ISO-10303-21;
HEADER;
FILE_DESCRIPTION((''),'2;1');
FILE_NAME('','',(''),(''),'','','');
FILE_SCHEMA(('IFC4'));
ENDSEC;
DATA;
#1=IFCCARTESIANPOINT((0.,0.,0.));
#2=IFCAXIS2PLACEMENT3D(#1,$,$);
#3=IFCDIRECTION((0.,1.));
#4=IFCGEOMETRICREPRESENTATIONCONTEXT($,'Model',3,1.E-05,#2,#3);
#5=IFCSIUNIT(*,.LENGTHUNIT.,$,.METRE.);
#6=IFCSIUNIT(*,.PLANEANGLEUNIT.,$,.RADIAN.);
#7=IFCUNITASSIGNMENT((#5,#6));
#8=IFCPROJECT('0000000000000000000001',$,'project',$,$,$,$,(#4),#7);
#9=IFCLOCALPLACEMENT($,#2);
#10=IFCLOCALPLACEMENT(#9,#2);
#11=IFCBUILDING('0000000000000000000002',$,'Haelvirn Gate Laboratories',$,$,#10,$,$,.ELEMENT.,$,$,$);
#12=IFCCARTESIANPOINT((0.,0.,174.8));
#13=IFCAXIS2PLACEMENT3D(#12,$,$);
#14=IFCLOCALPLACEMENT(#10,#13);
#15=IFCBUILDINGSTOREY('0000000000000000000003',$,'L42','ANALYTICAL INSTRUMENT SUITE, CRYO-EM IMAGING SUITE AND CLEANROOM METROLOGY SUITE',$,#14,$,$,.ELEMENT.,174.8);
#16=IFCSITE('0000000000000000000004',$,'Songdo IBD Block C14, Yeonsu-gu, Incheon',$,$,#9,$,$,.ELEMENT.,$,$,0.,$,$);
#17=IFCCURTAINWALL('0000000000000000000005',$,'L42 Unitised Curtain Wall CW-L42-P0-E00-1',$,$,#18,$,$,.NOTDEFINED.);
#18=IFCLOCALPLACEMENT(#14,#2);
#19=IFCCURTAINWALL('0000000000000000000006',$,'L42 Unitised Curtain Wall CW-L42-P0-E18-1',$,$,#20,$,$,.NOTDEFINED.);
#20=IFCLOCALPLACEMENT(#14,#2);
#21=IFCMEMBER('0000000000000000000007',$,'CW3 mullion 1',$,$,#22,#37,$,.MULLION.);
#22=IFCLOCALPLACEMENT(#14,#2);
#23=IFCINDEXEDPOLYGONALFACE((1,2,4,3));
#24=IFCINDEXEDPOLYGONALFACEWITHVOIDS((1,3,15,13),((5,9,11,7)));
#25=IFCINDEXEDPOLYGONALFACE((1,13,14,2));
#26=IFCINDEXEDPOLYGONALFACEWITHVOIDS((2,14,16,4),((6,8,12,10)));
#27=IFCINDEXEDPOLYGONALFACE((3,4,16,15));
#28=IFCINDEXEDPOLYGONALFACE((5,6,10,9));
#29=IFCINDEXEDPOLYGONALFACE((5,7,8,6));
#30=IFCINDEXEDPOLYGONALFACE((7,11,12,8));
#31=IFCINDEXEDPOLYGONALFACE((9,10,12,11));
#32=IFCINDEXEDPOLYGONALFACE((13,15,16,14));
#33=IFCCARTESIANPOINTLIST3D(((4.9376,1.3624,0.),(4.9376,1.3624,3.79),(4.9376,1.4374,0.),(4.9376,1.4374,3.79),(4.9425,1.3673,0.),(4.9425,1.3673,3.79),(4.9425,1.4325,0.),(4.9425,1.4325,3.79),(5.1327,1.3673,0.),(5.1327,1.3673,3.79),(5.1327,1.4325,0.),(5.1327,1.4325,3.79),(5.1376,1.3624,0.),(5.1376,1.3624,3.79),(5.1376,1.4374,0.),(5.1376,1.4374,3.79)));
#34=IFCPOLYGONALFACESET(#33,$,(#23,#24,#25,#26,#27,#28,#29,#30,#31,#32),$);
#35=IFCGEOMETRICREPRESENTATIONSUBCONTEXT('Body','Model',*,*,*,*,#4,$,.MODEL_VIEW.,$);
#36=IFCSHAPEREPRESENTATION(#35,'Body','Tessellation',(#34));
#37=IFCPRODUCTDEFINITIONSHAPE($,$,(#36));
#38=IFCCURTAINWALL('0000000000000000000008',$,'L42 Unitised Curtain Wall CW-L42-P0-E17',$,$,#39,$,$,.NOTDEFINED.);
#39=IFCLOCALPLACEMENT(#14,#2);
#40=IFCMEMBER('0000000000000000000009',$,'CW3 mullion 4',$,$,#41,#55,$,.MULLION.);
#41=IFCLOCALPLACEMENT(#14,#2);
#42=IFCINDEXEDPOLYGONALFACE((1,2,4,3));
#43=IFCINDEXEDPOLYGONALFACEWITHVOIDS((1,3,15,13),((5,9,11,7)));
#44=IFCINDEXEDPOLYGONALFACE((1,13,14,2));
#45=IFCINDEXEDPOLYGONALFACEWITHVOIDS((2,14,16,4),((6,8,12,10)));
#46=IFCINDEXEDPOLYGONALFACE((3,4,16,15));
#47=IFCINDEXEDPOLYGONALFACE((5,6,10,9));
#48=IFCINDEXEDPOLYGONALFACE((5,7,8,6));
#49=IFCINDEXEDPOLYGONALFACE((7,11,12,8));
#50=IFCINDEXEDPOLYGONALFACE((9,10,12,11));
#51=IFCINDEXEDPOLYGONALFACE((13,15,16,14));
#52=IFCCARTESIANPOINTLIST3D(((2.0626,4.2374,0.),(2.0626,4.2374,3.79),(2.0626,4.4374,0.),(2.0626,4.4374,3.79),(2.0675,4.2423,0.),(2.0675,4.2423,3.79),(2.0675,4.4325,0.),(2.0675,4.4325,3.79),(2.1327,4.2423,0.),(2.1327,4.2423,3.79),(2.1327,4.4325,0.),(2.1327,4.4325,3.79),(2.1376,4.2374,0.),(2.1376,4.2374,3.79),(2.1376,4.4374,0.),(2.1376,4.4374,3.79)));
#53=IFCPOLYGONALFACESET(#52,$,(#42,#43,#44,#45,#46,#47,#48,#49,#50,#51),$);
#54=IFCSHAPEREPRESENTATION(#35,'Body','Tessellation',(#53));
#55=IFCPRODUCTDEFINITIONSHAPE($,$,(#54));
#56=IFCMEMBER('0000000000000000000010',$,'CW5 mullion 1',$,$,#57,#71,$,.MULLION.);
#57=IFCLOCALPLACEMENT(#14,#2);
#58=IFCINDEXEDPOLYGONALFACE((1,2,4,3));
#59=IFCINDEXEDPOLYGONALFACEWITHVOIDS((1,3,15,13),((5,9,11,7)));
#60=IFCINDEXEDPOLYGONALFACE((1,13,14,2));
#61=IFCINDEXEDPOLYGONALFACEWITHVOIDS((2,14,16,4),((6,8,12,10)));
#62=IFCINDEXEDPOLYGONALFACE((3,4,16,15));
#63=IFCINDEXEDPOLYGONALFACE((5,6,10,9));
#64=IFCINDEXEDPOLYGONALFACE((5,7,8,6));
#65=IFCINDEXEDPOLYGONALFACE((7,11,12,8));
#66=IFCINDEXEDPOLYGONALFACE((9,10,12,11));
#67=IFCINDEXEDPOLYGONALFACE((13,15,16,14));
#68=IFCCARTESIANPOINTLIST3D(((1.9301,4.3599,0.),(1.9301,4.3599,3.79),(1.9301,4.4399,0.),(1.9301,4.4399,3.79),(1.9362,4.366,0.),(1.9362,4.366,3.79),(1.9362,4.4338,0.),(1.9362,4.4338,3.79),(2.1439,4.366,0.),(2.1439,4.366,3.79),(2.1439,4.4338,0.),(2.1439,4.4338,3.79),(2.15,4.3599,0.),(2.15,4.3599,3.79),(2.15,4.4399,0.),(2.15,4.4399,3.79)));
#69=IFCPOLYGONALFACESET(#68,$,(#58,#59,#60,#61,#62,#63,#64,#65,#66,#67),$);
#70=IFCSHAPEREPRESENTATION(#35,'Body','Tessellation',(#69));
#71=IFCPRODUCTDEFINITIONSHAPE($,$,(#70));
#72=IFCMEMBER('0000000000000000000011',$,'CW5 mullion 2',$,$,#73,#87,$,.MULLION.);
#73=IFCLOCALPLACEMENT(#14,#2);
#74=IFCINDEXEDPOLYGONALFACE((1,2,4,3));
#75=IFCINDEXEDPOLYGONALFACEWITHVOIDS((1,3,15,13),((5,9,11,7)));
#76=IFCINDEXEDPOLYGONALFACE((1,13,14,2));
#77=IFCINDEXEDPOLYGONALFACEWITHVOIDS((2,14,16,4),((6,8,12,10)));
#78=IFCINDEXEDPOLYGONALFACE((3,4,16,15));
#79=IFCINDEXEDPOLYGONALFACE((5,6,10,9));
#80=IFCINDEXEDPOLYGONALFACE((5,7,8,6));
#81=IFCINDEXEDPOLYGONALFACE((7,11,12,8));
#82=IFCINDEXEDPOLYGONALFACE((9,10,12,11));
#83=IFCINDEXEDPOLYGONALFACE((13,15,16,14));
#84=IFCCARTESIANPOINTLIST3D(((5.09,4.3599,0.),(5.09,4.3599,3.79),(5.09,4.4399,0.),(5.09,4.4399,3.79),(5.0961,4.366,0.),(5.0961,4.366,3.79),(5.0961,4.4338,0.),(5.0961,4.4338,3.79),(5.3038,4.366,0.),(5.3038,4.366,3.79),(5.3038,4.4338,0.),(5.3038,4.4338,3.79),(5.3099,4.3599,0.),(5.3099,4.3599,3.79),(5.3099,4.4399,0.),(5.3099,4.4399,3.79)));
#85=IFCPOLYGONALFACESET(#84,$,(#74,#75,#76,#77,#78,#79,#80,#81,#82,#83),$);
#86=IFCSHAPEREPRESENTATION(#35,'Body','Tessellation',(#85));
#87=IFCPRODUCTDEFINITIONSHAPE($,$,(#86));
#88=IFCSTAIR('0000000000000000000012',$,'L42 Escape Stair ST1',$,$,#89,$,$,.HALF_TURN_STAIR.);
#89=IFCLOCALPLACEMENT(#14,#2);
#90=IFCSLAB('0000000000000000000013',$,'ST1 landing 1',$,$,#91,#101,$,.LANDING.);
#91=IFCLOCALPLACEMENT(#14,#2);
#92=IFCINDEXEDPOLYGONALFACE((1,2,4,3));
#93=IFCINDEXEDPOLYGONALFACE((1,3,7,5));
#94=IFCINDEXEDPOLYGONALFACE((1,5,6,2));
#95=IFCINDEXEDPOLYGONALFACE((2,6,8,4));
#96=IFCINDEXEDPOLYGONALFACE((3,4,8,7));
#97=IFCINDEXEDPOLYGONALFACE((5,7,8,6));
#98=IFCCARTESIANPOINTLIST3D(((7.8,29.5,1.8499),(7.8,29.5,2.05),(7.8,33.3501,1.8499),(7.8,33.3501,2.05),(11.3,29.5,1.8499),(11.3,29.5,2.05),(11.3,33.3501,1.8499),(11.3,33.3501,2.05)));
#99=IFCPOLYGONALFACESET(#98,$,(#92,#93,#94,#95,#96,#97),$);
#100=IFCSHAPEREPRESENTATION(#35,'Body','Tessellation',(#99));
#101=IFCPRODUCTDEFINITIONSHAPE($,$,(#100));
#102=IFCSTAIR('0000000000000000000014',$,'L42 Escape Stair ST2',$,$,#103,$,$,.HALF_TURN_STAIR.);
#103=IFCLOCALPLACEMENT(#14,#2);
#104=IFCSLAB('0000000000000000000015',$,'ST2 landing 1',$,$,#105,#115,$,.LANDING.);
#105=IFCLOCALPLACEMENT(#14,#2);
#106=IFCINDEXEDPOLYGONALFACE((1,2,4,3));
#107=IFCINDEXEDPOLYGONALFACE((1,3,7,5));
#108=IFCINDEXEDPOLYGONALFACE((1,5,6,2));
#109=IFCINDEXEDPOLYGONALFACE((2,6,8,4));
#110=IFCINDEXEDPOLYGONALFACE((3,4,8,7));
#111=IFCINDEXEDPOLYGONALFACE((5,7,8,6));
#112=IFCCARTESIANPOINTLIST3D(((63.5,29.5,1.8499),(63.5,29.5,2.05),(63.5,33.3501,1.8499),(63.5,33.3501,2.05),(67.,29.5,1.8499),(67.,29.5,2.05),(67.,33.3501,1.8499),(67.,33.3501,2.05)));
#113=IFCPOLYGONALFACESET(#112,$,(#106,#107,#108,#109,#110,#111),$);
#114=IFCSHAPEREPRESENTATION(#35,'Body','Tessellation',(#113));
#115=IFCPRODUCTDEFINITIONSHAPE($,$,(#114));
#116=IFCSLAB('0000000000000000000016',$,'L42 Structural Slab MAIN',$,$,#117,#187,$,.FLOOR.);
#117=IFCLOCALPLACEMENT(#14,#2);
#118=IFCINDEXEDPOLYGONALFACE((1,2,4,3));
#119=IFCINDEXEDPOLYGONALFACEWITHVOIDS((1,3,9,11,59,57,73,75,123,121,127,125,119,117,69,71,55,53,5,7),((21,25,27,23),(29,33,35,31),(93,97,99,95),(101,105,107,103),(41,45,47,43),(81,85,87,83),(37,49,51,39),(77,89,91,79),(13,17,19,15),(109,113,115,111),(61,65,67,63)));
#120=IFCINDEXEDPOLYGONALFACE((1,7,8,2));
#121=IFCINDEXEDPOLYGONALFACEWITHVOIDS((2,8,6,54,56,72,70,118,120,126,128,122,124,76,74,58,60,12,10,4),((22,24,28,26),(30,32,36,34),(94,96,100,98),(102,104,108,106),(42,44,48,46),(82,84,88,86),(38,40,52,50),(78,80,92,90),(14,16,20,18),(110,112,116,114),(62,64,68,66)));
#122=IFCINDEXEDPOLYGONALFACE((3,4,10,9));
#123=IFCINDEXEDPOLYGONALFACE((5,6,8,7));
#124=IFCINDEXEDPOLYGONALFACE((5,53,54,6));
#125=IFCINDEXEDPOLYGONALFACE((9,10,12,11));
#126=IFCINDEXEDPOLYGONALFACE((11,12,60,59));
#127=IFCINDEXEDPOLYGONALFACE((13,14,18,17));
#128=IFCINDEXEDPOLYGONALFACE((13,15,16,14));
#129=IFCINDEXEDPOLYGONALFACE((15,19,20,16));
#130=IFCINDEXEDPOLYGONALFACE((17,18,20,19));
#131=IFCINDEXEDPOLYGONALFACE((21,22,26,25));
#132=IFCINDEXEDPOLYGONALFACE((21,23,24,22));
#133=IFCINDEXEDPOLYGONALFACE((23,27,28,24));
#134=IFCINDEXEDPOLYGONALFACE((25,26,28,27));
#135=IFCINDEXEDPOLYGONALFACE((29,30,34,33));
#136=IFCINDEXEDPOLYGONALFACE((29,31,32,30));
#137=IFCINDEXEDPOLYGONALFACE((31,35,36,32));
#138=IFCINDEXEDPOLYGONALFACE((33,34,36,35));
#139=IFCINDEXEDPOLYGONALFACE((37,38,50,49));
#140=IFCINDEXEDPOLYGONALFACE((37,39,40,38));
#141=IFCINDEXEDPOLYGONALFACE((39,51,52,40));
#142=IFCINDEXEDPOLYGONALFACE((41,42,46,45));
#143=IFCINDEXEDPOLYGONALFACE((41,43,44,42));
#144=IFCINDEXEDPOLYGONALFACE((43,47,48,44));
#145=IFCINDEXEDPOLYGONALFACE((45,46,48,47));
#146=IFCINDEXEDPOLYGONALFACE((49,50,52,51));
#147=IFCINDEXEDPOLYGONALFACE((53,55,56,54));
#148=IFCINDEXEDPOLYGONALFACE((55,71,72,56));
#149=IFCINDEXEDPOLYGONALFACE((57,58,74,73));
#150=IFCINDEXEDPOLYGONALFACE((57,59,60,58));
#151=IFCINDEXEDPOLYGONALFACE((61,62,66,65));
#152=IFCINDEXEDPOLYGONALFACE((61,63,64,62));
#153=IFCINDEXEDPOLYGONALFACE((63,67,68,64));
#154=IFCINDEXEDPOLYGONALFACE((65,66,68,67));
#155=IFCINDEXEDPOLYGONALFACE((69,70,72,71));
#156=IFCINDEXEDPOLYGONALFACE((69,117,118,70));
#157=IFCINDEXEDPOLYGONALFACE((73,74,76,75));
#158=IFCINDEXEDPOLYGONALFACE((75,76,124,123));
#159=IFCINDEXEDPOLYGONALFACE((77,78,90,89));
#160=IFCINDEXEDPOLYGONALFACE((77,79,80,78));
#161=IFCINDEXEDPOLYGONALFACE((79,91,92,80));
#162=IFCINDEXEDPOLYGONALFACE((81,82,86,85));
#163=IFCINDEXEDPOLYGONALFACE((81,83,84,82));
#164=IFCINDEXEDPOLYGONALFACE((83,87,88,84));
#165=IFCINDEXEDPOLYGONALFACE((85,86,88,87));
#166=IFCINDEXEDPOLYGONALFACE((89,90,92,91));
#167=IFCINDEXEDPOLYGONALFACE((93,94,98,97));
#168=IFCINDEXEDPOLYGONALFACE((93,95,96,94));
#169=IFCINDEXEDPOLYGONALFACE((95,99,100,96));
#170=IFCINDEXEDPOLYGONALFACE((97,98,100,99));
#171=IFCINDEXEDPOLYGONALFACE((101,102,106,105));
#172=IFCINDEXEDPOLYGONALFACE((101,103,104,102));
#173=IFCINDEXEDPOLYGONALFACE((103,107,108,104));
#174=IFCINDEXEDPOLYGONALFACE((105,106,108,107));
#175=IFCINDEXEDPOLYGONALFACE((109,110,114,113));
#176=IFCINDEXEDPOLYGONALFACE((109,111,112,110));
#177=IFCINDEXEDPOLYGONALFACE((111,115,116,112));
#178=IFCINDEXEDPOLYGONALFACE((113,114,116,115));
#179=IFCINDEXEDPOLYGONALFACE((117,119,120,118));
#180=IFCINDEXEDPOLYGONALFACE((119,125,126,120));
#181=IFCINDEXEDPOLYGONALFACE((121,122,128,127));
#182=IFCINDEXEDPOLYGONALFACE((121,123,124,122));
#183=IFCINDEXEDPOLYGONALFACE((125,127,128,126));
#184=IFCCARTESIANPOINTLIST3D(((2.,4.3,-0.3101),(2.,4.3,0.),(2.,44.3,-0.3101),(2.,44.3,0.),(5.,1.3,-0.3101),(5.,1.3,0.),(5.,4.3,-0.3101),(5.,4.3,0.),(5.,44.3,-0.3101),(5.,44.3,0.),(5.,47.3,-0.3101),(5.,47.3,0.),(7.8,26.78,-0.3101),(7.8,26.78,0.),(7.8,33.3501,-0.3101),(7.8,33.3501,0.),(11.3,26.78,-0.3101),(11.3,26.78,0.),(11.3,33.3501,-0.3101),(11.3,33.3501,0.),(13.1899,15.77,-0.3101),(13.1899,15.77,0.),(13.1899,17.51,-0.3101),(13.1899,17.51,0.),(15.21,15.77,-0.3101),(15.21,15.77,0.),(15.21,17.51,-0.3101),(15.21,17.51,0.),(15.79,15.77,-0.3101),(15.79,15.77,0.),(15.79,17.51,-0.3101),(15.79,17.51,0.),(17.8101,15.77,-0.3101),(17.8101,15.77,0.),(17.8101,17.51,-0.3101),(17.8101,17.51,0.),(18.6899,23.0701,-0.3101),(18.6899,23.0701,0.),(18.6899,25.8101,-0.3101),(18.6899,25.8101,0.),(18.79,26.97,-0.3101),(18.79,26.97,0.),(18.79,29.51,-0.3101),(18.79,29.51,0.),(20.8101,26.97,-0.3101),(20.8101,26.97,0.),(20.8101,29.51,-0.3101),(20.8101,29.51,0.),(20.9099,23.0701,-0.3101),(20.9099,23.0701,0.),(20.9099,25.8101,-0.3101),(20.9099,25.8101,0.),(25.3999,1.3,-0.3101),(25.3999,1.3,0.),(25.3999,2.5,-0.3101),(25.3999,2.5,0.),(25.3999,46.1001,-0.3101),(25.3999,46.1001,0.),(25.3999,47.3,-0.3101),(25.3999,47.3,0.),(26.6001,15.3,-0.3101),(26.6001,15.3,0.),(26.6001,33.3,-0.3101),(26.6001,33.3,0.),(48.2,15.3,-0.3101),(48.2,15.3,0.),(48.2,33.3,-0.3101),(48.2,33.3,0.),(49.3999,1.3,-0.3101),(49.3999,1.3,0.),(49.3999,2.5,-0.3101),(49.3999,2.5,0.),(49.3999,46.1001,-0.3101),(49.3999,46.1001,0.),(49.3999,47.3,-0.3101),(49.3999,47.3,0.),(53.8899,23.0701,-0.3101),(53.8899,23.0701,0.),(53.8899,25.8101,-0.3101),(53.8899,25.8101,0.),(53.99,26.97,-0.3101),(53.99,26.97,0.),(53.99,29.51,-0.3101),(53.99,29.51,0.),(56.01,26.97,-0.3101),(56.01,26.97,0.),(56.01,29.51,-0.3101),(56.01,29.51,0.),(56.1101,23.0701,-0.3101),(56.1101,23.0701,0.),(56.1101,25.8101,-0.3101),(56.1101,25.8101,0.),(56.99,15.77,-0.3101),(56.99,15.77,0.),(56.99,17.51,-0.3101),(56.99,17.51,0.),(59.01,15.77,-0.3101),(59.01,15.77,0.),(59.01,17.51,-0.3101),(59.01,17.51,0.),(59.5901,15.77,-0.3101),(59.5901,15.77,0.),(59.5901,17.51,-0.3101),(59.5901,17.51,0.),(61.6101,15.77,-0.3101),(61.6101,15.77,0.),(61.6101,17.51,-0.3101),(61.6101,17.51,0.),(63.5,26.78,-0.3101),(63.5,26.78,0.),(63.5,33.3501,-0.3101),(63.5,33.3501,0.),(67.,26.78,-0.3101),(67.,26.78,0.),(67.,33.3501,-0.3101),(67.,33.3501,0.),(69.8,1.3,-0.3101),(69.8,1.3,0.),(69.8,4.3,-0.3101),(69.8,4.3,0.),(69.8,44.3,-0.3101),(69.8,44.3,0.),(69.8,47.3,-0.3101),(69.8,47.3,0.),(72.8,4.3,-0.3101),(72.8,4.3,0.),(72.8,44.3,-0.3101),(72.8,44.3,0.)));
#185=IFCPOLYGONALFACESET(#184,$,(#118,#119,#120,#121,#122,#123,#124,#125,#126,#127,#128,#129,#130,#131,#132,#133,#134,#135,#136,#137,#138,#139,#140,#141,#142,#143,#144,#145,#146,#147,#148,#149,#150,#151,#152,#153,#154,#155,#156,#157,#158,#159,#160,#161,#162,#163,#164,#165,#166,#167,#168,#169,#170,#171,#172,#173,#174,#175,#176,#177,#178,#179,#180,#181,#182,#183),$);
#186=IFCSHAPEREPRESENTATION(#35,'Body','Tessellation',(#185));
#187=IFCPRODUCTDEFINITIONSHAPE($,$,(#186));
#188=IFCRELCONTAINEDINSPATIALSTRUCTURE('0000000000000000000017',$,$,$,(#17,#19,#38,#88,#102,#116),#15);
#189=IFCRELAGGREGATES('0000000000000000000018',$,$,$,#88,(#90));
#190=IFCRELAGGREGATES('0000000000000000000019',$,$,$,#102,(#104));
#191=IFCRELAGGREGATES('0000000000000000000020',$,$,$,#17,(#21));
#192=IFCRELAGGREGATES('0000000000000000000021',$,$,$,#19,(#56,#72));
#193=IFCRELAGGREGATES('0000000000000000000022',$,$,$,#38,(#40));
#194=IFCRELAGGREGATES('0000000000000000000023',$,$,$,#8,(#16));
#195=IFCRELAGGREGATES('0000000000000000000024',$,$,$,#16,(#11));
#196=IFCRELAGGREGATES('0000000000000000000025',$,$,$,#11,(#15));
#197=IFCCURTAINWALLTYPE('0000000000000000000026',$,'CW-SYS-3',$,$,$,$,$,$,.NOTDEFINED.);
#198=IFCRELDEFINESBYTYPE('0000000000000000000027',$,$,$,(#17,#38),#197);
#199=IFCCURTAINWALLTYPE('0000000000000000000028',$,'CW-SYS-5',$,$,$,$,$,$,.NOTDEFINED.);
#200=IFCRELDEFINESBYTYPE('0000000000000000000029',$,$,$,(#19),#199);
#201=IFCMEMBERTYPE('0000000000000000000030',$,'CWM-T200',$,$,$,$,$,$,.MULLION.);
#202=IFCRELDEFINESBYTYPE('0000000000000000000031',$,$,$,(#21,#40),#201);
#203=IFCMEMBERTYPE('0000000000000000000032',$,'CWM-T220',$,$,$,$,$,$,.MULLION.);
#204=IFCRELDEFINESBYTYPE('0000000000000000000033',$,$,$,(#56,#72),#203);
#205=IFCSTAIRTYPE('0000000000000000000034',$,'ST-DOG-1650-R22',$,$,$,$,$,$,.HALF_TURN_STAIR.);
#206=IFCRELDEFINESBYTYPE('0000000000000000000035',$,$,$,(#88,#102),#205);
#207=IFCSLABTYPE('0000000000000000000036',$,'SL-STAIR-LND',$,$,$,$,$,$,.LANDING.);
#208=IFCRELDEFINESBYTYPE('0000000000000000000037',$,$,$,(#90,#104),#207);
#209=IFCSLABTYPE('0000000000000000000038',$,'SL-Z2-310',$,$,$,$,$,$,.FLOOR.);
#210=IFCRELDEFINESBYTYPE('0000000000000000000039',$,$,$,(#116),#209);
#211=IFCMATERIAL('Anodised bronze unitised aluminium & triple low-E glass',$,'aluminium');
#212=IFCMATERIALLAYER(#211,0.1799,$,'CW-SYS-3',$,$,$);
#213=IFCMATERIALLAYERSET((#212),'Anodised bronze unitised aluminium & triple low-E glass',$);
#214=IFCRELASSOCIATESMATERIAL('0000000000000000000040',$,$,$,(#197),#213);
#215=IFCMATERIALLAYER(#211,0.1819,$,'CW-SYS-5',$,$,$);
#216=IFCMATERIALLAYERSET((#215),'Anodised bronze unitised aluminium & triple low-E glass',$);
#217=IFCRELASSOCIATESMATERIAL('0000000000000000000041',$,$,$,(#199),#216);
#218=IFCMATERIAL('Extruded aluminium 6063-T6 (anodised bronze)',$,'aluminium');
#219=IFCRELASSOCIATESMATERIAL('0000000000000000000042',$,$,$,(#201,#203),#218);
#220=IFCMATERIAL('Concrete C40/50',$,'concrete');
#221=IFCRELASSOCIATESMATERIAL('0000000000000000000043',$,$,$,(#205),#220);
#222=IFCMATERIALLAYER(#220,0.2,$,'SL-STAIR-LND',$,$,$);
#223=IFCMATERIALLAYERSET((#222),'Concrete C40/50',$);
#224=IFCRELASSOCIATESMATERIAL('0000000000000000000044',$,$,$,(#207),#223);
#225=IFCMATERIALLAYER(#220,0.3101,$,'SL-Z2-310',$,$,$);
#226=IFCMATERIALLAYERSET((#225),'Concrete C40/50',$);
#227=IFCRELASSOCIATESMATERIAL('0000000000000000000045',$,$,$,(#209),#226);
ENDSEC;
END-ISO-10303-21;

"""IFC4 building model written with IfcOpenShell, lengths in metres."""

from ifc_helpers import new_model, si_unit, direction, frame, origin, origin_2d, place, context, subcontext, project, spatial, polyline, hollow_rectangle, outline, extrude, source, transform, mapped, material, layer, layer_set, material_profile, profile_set, type_object, type_shapes, element, aggregate, save


model = new_model("IFC4")

# Units and contexts
model_context = context("Model", 3, precision=1e-05, world=origin(), true_north=direction((0.0, 1.0)))
body_context = subcontext(model_context, "Body", "Model", "MODEL_VIEW")
ifc_project = project(units=[si_unit("LENGTHUNIT", "METRE"), si_unit("PLANEANGLEUNIT", "RADIAN")], contexts=[model_context])

# Site, building, storey
site_placement = place(None, origin())
site = spatial("IfcSite", under=ifc_project, at=site_placement, Name="Songdo IBD Block C14, Yeonsu-gu, Incheon", CompositionType="ELEMENT", RefElevation=0.0)
building_placement = place(site_placement, origin())
building = spatial("IfcBuilding", under=site, at=building_placement, Name="Haelvirn Gate Laboratories", CompositionType="ELEMENT")
storey_placement = place(building_placement, frame((0.0, 0.0, 174.8)))
storey = spatial("IfcBuildingStorey", under=building, at=storey_placement, Name="L42", Description="ANALYTICAL INSTRUMENT SUITE, CRYO-EM IMAGING SUITE AND CLEANROOM METROLOGY SUITE", CompositionType="ELEMENT", Elevation=174.8)

# Curtain walls
ifc_material_1 = material(Name="Anodised bronze unitised aluminium & triple low-E glass", Category="aluminium")
ifc_layer_1 = layer(ifc_material_1, 0.1799, Name="CW-SYS-3")
ifc_layer_set_1 = layer_set([ifc_layer_1], Name="Anodised bronze unitised aluminium & triple low-E glass")
curtain_wall_type_1 = type_object("IfcCurtainWallType", Name="CW-SYS-3", PredefinedType="NOTDEFINED", material=ifc_layer_set_1)
curtain_wall_1_placement = place(storey_placement, origin())
curtain_wall_1 = element("IfcCurtainWall", 1, at=curtain_wall_1_placement, inside=storey, type_object=curtain_wall_type_1, Name="L42 Unitised Curtain Wall CW-L42-P0-E00-1", PredefinedType="NOTDEFINED")
ifc_material_2 = material(Name="Extruded aluminium 6063-T6 (anodised bronze)", Category="aluminium")
ifc_layer_2 = layer(ifc_material_1, 0.1819, Name="CW-SYS-5")
ifc_layer_set_2 = layer_set([ifc_layer_2], Name="Anodised bronze unitised aluminium & triple low-E glass")
curtain_wall_type_2 = type_object("IfcCurtainWallType", Name="CW-SYS-5", PredefinedType="NOTDEFINED", material=ifc_layer_set_2)
curtain_wall_2_placement = place(storey_placement, origin())
curtain_wall_2 = element("IfcCurtainWall", 2, at=curtain_wall_2_placement, inside=storey, type_object=curtain_wall_type_2, Name="L42 Unitised Curtain Wall CW-L42-P0-E18-1", PredefinedType="NOTDEFINED")

# Member
ifc_material_profile_1 = material_profile(ifc_material_2, hollow_rectangle(XDim=0.075, YDim=0.2, WallThickness=0.0049, at=origin_2d()), Name="CWM-200x75x5")
ifc_profile_set_1 = profile_set([ifc_material_profile_1], Name="Extruded aluminium 6063-T6 (anodised bronze)")
member_type_1 = type_object("IfcMemberType", Name="CWM-T200", PredefinedType="MULLION", material=ifc_profile_set_1)
shared_shape_1 = source(origin(), body_context, "Body", "SweptSolid", [
    extrude(hollow_rectangle(XDim=0.075, YDim=0.2, WallThickness=0.0049, at=origin_2d()), origin(), (0.0, 0.0, 1.0), 3.79),
])
type_shapes(member_type_1, [shared_shape_1])
member_1_placement = place(storey_placement, frame((5.0376, 1.3999, 0.0), z_axis=(0.0, 0.0, 1.0), x_axis=(0.0, 1.0, 0.0)))
member_1 = element("IfcMember", 3, at=member_1_placement, type_object=member_type_1, Name="CW3 mullion 1", PredefinedType="MULLION", context=body_context, shape_type="MappedRepresentation", body=[
    mapped(shared_shape_1, transform((0.0, 0.0, 0.0), scale=1.0)),
])

# Curtain wall, member
curtain_wall_3_placement = place(storey_placement, origin())
curtain_wall_3 = element("IfcCurtainWall", 4, at=curtain_wall_3_placement, inside=storey, type_object=curtain_wall_type_1, Name="L42 Unitised Curtain Wall CW-L42-P0-E17", PredefinedType="NOTDEFINED")
member_2_placement = place(storey_placement, frame((2.1001, 4.3374, 0.0), z_axis=(0.0, 0.0, 1.0), x_axis=(1.0, 0.0, 0.0)))
member_2 = element("IfcMember", 5, at=member_2_placement, type_object=member_type_1, Name="CW3 mullion 4", PredefinedType="MULLION", context=body_context, shape_type="MappedRepresentation", body=[
    mapped(shared_shape_1, transform((0.0, 0.0, 0.0), scale=1.0)),
])

# Members
ifc_material_profile_2 = material_profile(ifc_material_2, hollow_rectangle(XDim=0.0801, YDim=0.22, WallThickness=0.0061, at=origin_2d()), Name="CWM-220x80x6")
ifc_profile_set_2 = profile_set([ifc_material_profile_2], Name="Extruded aluminium 6063-T6 (anodised bronze)")
member_type_2 = type_object("IfcMemberType", Name="CWM-T220", PredefinedType="MULLION", material=ifc_profile_set_2)
shared_shape_2 = source(origin(), body_context, "Body", "SweptSolid", [
    extrude(hollow_rectangle(XDim=0.0801, YDim=0.22, WallThickness=0.0061, at=origin_2d()), origin(), (0.0, 0.0, 1.0), 3.79),
])
type_shapes(member_type_2, [shared_shape_2])
member_3_placement = place(storey_placement, frame((2.04, 4.3999, 0.0), z_axis=(0.0, 0.0, 1.0), x_axis=(0.0, 1.0, 0.0)))
member_3 = element("IfcMember", 6, at=member_3_placement, type_object=member_type_2, Name="CW5 mullion 1", PredefinedType="MULLION", context=body_context, shape_type="MappedRepresentation", body=[
    mapped(shared_shape_2, transform((0.0, 0.0, 0.0), scale=1.0)),
])
member_4_placement = place(storey_placement, frame((5.2, 4.3999, 0.0), z_axis=(0.0, 0.0, 1.0), x_axis=(0.0, 1.0, 0.0)))
member_4 = element("IfcMember", 7, at=member_4_placement, type_object=member_type_2, Name="CW5 mullion 2", PredefinedType="MULLION", context=body_context, shape_type="MappedRepresentation", body=[
    mapped(shared_shape_2, transform((0.0, 0.0, 0.0), scale=1.0)),
])

# Stairs, slabs
ifc_material_3 = material(Name="Concrete C40/50", Category="concrete")
stair_type = type_object("IfcStairType", Name="ST-DOG-1650-R22", PredefinedType="HALF_TURN_STAIR", material=ifc_material_3)
stair_1_placement = place(storey_placement, origin())
stair_1 = element("IfcStair", 8, at=stair_1_placement, inside=storey, type_object=stair_type, Name="L42 Escape Stair ST1", PredefinedType="HALF_TURN_STAIR")
ifc_layer_3 = layer(ifc_material_3, 0.2, Name="SL-STAIR-LND")
ifc_layer_set_3 = layer_set([ifc_layer_3], Name="Concrete C40/50")
slab_type_1 = type_object("IfcSlabType", Name="SL-STAIR-LND", PredefinedType="LANDING", material=ifc_layer_set_3)
slab_1_placement = place(storey_placement, frame((0.0, 0.0, 1.8499)))
slab_1 = element("IfcSlab", 9, at=slab_1_placement, type_object=slab_type_1, Name="ST1 landing 1", PredefinedType="LANDING", context=body_context, shape_type="SweptSolid", body=[
    extrude(outline(polyline([(11.3, 29.5), (11.3, 33.3501), (7.8, 33.3501), (7.8, 29.5), (11.3, 29.5)])), origin(), (0.0, 0.0, 1.0), 0.2002),
])
aggregate(stair_1, [slab_1])
stair_2_placement = place(storey_placement, origin())
stair_2 = element("IfcStair", 10, at=stair_2_placement, inside=storey, type_object=stair_type, Name="L42 Escape Stair ST2", PredefinedType="HALF_TURN_STAIR")
slab_2_placement = place(storey_placement, frame((0.0, 0.0, 1.8499)))
slab_2 = element("IfcSlab", 11, at=slab_2_placement, type_object=slab_type_1, Name="ST2 landing 1", PredefinedType="LANDING", context=body_context, shape_type="SweptSolid", body=[
    extrude(outline(polyline([(67.0, 29.5), (67.0, 33.3501), (63.5, 33.3501), (63.5, 29.5), (67.0, 29.5)])), origin(), (0.0, 0.0, 1.0), 0.2002),
])
aggregate(stair_2, [slab_2])

# Slab
ifc_layer_4 = layer(ifc_material_3, 0.3101, Name="SL-Z2-310")
ifc_layer_set_4 = layer_set([ifc_layer_4], Name="Concrete C40/50")
slab_type_2 = type_object("IfcSlabType", Name="SL-Z2-310", PredefinedType="FLOOR", material=ifc_layer_set_4)
slab_3_placement = place(storey_placement, frame((0.0, 0.0, -0.3101)))
element("IfcSlab", 12, at=slab_3_placement, inside=storey, type_object=slab_type_2, Name="L42 Structural Slab MAIN", PredefinedType="FLOOR", context=body_context, shape_type="SweptSolid", body=[
    extrude(outline(polyline([(5.0, 1.3), (25.3999, 1.3), (25.3999, 2.5), (49.3999, 2.5), (49.3999, 1.3), (69.8, 1.3), (69.8, 4.3), (72.8, 4.3), (72.8, 44.3), (69.8, 44.3), (69.8, 47.3), (49.3999, 47.3), (49.3999, 46.1001), (25.3999, 46.1001), (25.3999, 47.3), (5.0, 47.3), (5.0, 44.3), (2.0, 44.3), (2.0, 4.3), (5.0, 4.3), (5.0, 1.3)]), holes=[polyline([(26.6001, 15.3), (48.2, 15.3), (48.2, 33.3), (26.6001, 33.3), (26.6001, 15.3)]), polyline([(11.3, 26.78), (11.3, 33.3501), (7.8, 33.3501), (7.8, 26.78), (11.3, 26.78)]), polyline([(67.0, 26.78), (67.0, 33.3501), (63.5, 33.3501), (63.5, 26.78), (67.0, 26.78)]), polyline([(13.1899, 15.77), (15.21, 15.77), (15.21, 17.51), (13.1899, 17.51), (13.1899, 15.77)]), polyline([(15.79, 15.77), (17.8101, 15.77), (17.8101, 17.51), (15.79, 17.51), (15.79, 15.77)]), polyline([(18.79, 26.97), (20.8101, 26.97), (20.8101, 29.51), (18.79, 29.51), (18.79, 26.97)]), polyline([(18.6899, 23.0701), (20.9099, 23.0701), (20.9099, 25.8101), (18.6899, 25.8101), (18.6899, 23.0701)]), polyline([(59.5901, 15.77), (61.6101, 15.77), (61.6101, 17.51), (59.5901, 17.51), (59.5901, 15.77)]), polyline([(56.99, 15.77), (59.01, 15.77), (59.01, 17.51), (56.99, 17.51), (56.99, 15.77)]), polyline([(53.99, 26.97), (56.01, 26.97), (56.01, 29.51), (53.99, 29.51), (53.99, 26.97)]), polyline([(53.8899, 23.0701), (56.1101, 23.0701), (56.1101, 25.8101), (53.8899, 25.8101), (53.8899, 23.0701)])]), origin(), (0.0, 0.0, 1.0), 0.3101),
])

aggregate(curtain_wall_1, [member_1])
aggregate(curtain_wall_2, [member_3, member_4])
aggregate(curtain_wall_3, [member_2])

save(model, "model.ifc")
